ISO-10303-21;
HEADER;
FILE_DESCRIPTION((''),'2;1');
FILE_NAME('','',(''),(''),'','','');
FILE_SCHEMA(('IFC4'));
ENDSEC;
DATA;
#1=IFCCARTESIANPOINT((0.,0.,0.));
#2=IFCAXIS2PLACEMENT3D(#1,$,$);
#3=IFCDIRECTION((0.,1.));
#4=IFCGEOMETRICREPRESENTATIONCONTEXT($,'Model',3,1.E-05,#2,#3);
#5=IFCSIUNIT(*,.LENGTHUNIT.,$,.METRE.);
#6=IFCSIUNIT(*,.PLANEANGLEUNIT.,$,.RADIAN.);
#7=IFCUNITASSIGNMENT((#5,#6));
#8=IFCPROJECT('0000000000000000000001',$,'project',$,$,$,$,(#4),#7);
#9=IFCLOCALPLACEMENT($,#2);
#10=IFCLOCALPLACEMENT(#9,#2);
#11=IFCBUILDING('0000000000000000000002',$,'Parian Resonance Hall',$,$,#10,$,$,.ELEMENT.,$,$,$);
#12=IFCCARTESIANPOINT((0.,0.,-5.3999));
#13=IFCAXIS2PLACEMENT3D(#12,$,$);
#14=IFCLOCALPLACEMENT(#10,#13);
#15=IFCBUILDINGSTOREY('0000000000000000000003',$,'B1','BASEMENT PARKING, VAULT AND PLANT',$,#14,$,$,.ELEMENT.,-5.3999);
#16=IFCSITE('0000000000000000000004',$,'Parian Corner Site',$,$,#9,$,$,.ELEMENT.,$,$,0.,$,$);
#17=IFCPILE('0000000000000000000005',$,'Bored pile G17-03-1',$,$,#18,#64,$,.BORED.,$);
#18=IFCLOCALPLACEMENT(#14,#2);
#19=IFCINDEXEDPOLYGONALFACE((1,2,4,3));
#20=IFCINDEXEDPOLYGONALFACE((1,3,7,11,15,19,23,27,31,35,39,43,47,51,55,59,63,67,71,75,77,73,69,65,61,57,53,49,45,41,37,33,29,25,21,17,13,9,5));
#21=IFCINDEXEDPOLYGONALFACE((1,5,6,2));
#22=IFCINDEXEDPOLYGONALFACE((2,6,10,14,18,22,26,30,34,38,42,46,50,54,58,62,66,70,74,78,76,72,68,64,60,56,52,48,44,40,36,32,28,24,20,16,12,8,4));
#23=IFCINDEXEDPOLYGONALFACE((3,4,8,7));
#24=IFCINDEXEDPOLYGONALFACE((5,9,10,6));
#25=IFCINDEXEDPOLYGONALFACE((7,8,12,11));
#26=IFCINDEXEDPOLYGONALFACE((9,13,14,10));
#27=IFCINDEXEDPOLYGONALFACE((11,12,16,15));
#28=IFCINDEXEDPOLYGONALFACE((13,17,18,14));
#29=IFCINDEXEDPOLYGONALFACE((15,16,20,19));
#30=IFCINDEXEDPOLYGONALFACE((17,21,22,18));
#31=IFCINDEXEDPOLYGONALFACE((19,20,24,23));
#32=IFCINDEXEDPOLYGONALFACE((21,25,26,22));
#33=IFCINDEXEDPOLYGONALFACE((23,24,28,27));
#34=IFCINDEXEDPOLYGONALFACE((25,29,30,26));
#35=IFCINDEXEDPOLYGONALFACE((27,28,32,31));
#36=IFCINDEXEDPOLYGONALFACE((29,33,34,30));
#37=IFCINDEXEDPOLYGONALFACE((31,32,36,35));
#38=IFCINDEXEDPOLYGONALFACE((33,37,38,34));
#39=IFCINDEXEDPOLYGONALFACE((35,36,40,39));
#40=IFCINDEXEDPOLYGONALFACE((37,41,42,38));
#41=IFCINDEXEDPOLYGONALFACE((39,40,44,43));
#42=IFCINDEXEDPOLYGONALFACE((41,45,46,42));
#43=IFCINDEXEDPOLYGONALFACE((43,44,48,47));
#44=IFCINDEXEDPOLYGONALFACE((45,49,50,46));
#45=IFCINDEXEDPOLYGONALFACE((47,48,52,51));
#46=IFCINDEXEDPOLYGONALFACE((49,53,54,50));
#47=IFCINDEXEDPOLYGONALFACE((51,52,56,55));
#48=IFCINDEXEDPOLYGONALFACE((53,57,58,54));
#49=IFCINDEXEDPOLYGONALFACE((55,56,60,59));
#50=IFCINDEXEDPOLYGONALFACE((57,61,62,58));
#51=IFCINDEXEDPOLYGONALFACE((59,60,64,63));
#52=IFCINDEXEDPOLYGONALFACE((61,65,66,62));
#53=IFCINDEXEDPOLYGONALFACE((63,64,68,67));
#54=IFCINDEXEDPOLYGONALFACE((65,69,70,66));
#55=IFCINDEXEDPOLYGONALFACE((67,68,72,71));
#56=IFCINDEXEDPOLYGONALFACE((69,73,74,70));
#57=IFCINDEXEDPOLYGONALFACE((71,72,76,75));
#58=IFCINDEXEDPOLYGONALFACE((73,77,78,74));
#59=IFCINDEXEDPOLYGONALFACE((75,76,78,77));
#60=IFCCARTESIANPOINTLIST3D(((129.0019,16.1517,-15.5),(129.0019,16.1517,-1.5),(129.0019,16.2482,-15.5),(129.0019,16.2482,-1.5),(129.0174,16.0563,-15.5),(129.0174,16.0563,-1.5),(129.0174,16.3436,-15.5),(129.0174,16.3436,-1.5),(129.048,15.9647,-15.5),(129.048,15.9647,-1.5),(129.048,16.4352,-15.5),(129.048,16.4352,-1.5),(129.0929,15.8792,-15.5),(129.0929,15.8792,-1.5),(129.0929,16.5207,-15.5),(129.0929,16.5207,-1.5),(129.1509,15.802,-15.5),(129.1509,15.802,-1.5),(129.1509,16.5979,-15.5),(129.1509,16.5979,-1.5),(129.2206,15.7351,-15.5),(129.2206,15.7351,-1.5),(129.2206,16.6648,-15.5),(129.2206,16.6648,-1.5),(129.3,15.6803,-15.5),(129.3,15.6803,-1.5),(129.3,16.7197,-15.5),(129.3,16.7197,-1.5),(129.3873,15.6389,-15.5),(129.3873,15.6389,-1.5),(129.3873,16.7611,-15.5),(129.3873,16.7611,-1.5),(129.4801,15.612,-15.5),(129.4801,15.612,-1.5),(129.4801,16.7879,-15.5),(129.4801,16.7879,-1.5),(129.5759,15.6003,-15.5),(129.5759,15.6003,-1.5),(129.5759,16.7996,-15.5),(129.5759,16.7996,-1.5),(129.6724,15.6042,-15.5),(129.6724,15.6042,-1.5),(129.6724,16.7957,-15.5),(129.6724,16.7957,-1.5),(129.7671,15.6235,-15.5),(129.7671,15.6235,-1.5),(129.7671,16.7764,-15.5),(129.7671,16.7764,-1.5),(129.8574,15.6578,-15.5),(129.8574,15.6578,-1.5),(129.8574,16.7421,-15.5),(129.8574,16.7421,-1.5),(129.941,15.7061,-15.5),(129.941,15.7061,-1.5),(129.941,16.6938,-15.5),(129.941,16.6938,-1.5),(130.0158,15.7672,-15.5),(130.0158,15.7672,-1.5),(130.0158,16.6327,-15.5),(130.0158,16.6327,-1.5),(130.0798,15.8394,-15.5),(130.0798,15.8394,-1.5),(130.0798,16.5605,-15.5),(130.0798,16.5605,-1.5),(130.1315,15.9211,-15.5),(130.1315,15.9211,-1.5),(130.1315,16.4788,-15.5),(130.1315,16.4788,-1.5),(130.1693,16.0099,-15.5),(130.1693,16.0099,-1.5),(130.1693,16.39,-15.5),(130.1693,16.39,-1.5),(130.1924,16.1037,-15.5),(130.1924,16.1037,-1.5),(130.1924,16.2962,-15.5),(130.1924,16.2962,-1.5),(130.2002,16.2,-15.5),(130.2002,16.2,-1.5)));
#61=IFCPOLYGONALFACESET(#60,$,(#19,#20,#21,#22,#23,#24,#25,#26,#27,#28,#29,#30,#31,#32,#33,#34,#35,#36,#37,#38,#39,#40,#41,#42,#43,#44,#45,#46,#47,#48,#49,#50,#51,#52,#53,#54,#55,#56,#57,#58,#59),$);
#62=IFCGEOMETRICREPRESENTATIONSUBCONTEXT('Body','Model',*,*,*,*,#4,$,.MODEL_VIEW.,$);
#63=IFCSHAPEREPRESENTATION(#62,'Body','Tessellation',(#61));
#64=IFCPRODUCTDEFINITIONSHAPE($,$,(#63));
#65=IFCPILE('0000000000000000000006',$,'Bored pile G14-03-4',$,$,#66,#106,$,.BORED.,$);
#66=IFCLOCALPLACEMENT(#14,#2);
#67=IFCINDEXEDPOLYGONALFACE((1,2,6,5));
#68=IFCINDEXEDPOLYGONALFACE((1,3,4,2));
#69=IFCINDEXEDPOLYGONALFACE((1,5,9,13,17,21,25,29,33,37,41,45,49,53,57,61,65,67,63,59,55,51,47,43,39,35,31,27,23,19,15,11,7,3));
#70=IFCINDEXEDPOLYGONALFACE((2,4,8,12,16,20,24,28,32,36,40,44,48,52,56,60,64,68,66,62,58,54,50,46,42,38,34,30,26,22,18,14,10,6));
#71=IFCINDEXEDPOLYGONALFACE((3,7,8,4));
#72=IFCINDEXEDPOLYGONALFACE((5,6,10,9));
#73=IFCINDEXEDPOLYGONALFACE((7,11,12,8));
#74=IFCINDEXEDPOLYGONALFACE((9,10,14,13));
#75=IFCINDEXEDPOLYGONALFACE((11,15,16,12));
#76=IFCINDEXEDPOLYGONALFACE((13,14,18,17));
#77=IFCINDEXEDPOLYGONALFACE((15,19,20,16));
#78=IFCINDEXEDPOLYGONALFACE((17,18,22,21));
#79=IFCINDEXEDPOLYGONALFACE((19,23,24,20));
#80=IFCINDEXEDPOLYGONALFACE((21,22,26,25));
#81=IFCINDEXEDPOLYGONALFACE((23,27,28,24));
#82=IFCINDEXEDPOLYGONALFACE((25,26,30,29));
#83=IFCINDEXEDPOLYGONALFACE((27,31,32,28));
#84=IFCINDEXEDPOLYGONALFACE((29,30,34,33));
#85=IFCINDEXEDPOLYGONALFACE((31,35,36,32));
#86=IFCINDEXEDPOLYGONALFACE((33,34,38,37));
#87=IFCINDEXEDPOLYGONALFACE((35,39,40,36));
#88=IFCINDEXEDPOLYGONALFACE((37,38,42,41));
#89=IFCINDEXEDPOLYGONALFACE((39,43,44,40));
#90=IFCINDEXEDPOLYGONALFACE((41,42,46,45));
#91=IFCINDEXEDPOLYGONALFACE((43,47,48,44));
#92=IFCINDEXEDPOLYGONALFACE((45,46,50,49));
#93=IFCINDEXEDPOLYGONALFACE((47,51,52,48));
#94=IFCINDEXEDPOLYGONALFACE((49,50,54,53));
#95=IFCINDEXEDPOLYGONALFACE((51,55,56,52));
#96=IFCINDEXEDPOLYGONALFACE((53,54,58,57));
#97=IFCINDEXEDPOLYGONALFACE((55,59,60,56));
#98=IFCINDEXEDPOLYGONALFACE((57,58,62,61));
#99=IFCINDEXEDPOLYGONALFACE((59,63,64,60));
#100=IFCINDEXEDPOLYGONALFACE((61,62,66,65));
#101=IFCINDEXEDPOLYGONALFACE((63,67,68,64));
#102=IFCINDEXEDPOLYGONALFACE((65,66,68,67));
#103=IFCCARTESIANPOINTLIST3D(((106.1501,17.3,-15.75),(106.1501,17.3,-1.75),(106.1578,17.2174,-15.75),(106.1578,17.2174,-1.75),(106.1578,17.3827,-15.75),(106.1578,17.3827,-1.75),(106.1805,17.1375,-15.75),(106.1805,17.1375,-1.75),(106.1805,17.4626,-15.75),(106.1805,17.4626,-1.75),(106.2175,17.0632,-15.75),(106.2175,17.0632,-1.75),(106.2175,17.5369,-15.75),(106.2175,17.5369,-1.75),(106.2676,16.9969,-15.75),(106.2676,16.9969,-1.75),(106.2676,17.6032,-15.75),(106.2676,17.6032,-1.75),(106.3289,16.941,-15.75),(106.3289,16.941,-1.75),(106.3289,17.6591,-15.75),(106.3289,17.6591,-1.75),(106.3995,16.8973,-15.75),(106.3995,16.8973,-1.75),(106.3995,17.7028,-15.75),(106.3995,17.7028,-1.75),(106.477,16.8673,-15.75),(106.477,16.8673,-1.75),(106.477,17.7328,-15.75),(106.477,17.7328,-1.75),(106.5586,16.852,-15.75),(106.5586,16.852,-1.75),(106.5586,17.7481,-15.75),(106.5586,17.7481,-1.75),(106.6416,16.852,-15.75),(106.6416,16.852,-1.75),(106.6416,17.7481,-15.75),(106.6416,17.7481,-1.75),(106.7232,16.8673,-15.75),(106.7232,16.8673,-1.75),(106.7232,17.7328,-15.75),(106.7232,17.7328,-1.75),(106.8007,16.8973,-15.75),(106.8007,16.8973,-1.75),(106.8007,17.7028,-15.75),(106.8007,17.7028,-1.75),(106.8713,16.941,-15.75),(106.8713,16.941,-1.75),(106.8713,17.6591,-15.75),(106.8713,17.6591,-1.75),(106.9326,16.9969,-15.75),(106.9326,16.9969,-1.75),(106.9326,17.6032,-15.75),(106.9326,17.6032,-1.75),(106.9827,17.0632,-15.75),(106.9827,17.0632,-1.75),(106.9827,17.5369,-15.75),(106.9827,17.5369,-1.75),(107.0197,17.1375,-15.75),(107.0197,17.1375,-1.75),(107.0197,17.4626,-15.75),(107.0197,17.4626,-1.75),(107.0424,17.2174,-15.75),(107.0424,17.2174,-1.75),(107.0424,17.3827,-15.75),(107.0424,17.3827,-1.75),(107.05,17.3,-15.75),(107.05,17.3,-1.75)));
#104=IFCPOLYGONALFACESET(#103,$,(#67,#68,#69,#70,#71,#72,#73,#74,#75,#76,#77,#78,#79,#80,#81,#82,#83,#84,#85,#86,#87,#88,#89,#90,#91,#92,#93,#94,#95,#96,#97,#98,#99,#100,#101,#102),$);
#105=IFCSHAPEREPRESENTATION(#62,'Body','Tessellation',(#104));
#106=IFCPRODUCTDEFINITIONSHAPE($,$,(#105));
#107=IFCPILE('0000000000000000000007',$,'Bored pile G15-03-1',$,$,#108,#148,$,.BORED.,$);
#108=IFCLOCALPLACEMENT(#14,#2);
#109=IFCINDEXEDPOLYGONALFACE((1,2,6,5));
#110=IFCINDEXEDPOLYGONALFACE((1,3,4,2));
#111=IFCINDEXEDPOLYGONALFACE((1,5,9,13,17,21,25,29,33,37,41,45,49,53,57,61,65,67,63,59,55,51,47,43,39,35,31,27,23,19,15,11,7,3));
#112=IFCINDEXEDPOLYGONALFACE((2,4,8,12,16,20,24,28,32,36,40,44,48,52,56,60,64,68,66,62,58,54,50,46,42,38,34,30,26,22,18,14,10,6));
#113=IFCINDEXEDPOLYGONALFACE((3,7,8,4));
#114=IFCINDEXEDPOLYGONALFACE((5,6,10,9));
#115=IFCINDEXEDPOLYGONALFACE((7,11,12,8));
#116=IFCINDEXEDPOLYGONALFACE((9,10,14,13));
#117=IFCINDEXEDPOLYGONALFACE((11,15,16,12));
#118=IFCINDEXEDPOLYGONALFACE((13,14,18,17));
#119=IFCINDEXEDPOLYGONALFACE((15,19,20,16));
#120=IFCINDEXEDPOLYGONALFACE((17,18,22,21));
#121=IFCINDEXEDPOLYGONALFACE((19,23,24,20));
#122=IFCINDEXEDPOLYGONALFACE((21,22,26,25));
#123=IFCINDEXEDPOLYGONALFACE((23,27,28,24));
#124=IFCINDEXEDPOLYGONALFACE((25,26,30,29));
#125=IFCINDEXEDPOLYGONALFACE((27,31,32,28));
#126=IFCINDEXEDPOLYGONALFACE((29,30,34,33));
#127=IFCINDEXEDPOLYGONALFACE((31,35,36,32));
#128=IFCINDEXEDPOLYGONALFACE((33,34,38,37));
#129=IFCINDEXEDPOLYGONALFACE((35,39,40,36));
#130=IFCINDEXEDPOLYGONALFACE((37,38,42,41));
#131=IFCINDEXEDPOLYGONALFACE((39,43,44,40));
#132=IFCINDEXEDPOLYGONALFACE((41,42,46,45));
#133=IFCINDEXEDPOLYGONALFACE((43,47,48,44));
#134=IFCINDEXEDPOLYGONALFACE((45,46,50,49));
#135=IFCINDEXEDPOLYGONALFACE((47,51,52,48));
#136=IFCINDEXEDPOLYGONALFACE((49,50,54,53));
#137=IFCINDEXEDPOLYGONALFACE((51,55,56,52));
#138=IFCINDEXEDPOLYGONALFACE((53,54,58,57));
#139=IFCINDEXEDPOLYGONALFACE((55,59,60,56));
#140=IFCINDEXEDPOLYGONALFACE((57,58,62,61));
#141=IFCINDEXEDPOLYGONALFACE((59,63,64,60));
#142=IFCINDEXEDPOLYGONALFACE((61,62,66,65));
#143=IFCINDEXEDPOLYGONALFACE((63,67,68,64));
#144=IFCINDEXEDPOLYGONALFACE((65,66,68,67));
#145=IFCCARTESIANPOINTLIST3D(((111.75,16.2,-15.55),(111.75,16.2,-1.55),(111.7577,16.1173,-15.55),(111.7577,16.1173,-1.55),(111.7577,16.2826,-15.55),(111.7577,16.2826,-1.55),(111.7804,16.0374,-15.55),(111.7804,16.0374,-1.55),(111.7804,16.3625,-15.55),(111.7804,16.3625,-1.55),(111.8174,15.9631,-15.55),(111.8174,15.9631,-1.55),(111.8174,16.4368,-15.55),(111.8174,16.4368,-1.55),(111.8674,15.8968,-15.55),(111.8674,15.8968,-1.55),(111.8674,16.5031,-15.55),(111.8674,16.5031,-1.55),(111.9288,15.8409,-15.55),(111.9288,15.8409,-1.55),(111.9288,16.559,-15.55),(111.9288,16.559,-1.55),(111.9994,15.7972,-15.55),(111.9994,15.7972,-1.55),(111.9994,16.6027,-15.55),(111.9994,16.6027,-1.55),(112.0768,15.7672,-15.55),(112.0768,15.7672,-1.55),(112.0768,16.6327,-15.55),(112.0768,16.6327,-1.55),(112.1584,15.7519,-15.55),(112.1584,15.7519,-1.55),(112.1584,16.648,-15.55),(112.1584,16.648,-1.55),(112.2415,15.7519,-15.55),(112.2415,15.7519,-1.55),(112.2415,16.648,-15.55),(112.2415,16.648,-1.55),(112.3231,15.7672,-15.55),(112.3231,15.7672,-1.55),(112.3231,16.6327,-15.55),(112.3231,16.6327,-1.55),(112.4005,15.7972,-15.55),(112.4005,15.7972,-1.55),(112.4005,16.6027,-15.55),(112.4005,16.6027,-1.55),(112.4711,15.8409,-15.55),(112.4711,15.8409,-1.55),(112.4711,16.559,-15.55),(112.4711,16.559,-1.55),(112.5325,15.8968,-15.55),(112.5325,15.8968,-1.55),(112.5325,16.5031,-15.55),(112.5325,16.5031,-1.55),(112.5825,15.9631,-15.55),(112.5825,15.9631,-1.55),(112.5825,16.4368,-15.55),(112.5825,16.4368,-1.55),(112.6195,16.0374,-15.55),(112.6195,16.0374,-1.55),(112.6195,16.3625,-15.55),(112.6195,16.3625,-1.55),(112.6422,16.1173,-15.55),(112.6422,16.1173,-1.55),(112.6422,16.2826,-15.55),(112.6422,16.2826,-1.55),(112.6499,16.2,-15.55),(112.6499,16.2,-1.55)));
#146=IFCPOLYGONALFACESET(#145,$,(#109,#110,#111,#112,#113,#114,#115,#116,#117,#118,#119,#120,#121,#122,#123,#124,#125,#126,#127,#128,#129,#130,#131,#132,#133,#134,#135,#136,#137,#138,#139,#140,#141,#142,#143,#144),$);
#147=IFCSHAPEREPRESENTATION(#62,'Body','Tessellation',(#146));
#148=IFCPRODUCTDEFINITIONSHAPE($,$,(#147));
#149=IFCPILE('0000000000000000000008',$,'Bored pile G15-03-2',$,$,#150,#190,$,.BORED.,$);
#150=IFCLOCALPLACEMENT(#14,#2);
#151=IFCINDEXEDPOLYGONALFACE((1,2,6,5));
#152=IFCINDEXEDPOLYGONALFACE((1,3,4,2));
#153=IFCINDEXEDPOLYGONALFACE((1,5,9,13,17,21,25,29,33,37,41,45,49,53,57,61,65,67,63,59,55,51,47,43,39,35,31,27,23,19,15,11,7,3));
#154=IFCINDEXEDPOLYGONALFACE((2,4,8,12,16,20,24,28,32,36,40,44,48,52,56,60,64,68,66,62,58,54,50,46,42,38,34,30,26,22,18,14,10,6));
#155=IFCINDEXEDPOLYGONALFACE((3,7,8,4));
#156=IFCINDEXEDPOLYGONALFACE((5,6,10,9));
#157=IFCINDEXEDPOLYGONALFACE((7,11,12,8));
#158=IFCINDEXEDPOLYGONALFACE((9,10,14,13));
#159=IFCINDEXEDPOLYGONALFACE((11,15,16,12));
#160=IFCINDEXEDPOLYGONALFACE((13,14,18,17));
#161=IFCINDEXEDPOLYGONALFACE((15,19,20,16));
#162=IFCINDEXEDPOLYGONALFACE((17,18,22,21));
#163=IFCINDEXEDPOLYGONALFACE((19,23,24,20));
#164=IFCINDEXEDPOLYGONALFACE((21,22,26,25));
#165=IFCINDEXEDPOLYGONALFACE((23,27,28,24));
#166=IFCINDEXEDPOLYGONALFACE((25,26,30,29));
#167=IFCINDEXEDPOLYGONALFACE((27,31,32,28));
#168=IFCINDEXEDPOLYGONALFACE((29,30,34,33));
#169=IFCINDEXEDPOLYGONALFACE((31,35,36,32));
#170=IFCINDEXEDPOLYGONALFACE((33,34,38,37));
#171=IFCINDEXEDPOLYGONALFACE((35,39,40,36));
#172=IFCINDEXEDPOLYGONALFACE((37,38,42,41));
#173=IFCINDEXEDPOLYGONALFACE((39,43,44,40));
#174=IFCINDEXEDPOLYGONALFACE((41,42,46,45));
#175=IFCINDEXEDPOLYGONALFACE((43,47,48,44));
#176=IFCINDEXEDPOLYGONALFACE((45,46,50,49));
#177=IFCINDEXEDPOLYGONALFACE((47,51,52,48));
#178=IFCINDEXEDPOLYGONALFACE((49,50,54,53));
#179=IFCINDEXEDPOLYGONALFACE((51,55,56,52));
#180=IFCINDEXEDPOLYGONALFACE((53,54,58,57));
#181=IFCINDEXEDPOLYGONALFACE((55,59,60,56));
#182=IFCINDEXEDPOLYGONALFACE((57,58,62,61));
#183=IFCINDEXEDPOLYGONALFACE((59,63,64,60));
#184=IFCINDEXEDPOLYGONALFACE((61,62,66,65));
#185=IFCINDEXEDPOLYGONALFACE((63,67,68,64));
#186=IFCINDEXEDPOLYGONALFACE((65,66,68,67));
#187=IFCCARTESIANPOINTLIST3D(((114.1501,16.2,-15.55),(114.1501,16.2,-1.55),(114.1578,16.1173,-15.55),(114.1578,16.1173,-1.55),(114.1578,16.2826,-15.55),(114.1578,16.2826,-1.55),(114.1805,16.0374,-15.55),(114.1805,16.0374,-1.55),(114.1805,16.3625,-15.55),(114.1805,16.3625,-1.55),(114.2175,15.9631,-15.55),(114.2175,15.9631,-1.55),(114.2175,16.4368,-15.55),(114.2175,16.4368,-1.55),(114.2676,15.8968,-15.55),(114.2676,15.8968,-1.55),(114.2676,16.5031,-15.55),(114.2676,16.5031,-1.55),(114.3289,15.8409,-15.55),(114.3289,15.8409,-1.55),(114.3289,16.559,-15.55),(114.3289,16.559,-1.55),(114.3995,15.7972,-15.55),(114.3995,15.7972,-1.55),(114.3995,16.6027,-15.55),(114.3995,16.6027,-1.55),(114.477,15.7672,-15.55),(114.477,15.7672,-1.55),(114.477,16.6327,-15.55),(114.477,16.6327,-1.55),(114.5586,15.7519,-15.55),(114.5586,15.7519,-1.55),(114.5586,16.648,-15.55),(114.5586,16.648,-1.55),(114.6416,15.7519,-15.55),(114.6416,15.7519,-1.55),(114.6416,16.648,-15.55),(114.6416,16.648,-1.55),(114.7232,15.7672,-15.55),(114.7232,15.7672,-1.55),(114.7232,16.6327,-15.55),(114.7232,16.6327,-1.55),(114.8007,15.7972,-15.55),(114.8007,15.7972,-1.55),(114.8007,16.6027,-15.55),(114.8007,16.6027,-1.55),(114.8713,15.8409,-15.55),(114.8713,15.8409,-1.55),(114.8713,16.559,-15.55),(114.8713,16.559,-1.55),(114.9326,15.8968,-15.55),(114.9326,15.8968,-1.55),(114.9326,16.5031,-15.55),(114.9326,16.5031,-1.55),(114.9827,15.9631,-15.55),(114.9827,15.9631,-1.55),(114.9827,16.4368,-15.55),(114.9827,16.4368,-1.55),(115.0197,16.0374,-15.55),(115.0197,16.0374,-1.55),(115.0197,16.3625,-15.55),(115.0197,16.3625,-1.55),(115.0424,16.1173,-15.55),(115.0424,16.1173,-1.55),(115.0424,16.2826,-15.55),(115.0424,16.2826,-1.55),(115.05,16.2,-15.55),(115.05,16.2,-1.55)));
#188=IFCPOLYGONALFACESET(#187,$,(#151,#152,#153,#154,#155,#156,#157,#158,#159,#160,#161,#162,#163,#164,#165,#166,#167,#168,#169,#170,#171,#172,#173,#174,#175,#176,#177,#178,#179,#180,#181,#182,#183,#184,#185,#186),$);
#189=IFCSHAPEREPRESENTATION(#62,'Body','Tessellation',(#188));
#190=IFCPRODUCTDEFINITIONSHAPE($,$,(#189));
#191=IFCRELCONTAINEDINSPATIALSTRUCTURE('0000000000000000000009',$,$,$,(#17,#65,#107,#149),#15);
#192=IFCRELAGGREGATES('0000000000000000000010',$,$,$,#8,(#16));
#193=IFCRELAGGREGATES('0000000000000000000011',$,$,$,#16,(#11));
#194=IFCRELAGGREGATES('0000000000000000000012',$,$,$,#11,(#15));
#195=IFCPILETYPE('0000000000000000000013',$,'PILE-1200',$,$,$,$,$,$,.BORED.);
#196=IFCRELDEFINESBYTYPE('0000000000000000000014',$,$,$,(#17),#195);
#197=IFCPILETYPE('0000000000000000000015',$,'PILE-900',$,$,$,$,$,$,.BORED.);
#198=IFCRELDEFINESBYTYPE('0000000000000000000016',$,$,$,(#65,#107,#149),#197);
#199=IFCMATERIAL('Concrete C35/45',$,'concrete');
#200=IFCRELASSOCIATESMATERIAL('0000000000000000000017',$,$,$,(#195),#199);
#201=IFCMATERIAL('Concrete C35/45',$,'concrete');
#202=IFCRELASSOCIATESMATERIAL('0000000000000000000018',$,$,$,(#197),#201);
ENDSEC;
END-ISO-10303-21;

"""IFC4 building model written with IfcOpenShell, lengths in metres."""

from ifc_helpers import new_model, si_unit, direction, frame, origin, origin_2d, place, context, subcontext, project, spatial, circle, extrude, material, material_profile, profile_set, type_object, element, save


model = new_model("IFC4")

# Units and contexts
model_context = context("Model", 3, precision=1e-05, world=origin(), true_north=direction((0.0, 1.0)))
body_context = subcontext(model_context, "Body", "Model", "MODEL_VIEW")
ifc_project = project(units=[si_unit("LENGTHUNIT", "METRE"), si_unit("PLANEANGLEUNIT", "RADIAN")], contexts=[model_context])

# Site, building, storey
site_placement = place(None, origin())
site = spatial("IfcSite", under=ifc_project, at=site_placement, Name="Parian Corner Site", CompositionType="ELEMENT", RefElevation=0.0)
building_placement = place(site_placement, origin())
building = spatial("IfcBuilding", under=site, at=building_placement, Name="Parian Resonance Hall", CompositionType="ELEMENT")
storey_placement = place(building_placement, frame((0.0, 0.0, -5.3999)))
storey = spatial("IfcBuildingStorey", under=building, at=storey_placement, Name="B1", Description="BASEMENT PARKING, VAULT AND PLANT", CompositionType="ELEMENT", Elevation=-5.3999)

# Piles
ifc_material_1 = material(Name="Concrete C35/45", Category="concrete")
ifc_material_profile_1 = material_profile(ifc_material_1, circle(Radius=0.6001, at=origin_2d()), Name="PILE-D1200")
ifc_profile_set_1 = profile_set([ifc_material_profile_1], Name="Concrete C35/45")
pile_type_1 = type_object("IfcPileType", Name="PILE-1200", PredefinedType="BORED", material=ifc_profile_set_1)
for number, where, z_axis, x_axis, name in (
    (1, (129.6001, 16.2, -1.5), (0.0, 0.0, -1.0), (1.0, 0.0, 0.0), "Bored pile G17-03-1"),
):
    element("IfcPile", number, at=place(storey_placement, frame(where, z_axis=z_axis, x_axis=x_axis)), inside=storey, type_object=pile_type_1, Name=name, PredefinedType="BORED", context=body_context, shape_type="SweptSolid", body=[
        extrude(circle(Radius=0.6001, at=origin_2d()), origin(), (0.0, 0.0, 1.0), 14.0),
    ])
ifc_material_2 = material(Name="Concrete C35/45", Category="concrete")
ifc_material_profile_2 = material_profile(ifc_material_2, circle(Radius=0.45, at=origin_2d()), Name="PILE-D900")
ifc_profile_set_2 = profile_set([ifc_material_profile_2], Name="Concrete C35/45")
pile_type_2 = type_object("IfcPileType", Name="PILE-900", PredefinedType="BORED", material=ifc_profile_set_2)
for number, where, z_axis, x_axis, name in (
    (2, (106.6001, 17.3, -1.75), (0.0, 0.0, -1.0), (1.0, 0.0, 0.0), "Bored pile G14-03-4"),
    (3, (112.2, 16.2, -1.55), (0.0, 0.0, -1.0), (1.0, 0.0, 0.0), "Bored pile G15-03-1"),
    (4, (114.6001, 16.2, -1.55), (0.0, 0.0, -1.0), (1.0, 0.0, 0.0), "Bored pile G15-03-2"),
):
    element("IfcPile", number, at=place(storey_placement, frame(where, z_axis=z_axis, x_axis=x_axis)), inside=storey, type_object=pile_type_2, Name=name, PredefinedType="BORED", context=body_context, shape_type="SweptSolid", body=[
        extrude(circle(Radius=0.45, at=origin_2d()), origin(), (0.0, 0.0, 1.0), 14.0),
    ])

save(model, "model.ifc")
